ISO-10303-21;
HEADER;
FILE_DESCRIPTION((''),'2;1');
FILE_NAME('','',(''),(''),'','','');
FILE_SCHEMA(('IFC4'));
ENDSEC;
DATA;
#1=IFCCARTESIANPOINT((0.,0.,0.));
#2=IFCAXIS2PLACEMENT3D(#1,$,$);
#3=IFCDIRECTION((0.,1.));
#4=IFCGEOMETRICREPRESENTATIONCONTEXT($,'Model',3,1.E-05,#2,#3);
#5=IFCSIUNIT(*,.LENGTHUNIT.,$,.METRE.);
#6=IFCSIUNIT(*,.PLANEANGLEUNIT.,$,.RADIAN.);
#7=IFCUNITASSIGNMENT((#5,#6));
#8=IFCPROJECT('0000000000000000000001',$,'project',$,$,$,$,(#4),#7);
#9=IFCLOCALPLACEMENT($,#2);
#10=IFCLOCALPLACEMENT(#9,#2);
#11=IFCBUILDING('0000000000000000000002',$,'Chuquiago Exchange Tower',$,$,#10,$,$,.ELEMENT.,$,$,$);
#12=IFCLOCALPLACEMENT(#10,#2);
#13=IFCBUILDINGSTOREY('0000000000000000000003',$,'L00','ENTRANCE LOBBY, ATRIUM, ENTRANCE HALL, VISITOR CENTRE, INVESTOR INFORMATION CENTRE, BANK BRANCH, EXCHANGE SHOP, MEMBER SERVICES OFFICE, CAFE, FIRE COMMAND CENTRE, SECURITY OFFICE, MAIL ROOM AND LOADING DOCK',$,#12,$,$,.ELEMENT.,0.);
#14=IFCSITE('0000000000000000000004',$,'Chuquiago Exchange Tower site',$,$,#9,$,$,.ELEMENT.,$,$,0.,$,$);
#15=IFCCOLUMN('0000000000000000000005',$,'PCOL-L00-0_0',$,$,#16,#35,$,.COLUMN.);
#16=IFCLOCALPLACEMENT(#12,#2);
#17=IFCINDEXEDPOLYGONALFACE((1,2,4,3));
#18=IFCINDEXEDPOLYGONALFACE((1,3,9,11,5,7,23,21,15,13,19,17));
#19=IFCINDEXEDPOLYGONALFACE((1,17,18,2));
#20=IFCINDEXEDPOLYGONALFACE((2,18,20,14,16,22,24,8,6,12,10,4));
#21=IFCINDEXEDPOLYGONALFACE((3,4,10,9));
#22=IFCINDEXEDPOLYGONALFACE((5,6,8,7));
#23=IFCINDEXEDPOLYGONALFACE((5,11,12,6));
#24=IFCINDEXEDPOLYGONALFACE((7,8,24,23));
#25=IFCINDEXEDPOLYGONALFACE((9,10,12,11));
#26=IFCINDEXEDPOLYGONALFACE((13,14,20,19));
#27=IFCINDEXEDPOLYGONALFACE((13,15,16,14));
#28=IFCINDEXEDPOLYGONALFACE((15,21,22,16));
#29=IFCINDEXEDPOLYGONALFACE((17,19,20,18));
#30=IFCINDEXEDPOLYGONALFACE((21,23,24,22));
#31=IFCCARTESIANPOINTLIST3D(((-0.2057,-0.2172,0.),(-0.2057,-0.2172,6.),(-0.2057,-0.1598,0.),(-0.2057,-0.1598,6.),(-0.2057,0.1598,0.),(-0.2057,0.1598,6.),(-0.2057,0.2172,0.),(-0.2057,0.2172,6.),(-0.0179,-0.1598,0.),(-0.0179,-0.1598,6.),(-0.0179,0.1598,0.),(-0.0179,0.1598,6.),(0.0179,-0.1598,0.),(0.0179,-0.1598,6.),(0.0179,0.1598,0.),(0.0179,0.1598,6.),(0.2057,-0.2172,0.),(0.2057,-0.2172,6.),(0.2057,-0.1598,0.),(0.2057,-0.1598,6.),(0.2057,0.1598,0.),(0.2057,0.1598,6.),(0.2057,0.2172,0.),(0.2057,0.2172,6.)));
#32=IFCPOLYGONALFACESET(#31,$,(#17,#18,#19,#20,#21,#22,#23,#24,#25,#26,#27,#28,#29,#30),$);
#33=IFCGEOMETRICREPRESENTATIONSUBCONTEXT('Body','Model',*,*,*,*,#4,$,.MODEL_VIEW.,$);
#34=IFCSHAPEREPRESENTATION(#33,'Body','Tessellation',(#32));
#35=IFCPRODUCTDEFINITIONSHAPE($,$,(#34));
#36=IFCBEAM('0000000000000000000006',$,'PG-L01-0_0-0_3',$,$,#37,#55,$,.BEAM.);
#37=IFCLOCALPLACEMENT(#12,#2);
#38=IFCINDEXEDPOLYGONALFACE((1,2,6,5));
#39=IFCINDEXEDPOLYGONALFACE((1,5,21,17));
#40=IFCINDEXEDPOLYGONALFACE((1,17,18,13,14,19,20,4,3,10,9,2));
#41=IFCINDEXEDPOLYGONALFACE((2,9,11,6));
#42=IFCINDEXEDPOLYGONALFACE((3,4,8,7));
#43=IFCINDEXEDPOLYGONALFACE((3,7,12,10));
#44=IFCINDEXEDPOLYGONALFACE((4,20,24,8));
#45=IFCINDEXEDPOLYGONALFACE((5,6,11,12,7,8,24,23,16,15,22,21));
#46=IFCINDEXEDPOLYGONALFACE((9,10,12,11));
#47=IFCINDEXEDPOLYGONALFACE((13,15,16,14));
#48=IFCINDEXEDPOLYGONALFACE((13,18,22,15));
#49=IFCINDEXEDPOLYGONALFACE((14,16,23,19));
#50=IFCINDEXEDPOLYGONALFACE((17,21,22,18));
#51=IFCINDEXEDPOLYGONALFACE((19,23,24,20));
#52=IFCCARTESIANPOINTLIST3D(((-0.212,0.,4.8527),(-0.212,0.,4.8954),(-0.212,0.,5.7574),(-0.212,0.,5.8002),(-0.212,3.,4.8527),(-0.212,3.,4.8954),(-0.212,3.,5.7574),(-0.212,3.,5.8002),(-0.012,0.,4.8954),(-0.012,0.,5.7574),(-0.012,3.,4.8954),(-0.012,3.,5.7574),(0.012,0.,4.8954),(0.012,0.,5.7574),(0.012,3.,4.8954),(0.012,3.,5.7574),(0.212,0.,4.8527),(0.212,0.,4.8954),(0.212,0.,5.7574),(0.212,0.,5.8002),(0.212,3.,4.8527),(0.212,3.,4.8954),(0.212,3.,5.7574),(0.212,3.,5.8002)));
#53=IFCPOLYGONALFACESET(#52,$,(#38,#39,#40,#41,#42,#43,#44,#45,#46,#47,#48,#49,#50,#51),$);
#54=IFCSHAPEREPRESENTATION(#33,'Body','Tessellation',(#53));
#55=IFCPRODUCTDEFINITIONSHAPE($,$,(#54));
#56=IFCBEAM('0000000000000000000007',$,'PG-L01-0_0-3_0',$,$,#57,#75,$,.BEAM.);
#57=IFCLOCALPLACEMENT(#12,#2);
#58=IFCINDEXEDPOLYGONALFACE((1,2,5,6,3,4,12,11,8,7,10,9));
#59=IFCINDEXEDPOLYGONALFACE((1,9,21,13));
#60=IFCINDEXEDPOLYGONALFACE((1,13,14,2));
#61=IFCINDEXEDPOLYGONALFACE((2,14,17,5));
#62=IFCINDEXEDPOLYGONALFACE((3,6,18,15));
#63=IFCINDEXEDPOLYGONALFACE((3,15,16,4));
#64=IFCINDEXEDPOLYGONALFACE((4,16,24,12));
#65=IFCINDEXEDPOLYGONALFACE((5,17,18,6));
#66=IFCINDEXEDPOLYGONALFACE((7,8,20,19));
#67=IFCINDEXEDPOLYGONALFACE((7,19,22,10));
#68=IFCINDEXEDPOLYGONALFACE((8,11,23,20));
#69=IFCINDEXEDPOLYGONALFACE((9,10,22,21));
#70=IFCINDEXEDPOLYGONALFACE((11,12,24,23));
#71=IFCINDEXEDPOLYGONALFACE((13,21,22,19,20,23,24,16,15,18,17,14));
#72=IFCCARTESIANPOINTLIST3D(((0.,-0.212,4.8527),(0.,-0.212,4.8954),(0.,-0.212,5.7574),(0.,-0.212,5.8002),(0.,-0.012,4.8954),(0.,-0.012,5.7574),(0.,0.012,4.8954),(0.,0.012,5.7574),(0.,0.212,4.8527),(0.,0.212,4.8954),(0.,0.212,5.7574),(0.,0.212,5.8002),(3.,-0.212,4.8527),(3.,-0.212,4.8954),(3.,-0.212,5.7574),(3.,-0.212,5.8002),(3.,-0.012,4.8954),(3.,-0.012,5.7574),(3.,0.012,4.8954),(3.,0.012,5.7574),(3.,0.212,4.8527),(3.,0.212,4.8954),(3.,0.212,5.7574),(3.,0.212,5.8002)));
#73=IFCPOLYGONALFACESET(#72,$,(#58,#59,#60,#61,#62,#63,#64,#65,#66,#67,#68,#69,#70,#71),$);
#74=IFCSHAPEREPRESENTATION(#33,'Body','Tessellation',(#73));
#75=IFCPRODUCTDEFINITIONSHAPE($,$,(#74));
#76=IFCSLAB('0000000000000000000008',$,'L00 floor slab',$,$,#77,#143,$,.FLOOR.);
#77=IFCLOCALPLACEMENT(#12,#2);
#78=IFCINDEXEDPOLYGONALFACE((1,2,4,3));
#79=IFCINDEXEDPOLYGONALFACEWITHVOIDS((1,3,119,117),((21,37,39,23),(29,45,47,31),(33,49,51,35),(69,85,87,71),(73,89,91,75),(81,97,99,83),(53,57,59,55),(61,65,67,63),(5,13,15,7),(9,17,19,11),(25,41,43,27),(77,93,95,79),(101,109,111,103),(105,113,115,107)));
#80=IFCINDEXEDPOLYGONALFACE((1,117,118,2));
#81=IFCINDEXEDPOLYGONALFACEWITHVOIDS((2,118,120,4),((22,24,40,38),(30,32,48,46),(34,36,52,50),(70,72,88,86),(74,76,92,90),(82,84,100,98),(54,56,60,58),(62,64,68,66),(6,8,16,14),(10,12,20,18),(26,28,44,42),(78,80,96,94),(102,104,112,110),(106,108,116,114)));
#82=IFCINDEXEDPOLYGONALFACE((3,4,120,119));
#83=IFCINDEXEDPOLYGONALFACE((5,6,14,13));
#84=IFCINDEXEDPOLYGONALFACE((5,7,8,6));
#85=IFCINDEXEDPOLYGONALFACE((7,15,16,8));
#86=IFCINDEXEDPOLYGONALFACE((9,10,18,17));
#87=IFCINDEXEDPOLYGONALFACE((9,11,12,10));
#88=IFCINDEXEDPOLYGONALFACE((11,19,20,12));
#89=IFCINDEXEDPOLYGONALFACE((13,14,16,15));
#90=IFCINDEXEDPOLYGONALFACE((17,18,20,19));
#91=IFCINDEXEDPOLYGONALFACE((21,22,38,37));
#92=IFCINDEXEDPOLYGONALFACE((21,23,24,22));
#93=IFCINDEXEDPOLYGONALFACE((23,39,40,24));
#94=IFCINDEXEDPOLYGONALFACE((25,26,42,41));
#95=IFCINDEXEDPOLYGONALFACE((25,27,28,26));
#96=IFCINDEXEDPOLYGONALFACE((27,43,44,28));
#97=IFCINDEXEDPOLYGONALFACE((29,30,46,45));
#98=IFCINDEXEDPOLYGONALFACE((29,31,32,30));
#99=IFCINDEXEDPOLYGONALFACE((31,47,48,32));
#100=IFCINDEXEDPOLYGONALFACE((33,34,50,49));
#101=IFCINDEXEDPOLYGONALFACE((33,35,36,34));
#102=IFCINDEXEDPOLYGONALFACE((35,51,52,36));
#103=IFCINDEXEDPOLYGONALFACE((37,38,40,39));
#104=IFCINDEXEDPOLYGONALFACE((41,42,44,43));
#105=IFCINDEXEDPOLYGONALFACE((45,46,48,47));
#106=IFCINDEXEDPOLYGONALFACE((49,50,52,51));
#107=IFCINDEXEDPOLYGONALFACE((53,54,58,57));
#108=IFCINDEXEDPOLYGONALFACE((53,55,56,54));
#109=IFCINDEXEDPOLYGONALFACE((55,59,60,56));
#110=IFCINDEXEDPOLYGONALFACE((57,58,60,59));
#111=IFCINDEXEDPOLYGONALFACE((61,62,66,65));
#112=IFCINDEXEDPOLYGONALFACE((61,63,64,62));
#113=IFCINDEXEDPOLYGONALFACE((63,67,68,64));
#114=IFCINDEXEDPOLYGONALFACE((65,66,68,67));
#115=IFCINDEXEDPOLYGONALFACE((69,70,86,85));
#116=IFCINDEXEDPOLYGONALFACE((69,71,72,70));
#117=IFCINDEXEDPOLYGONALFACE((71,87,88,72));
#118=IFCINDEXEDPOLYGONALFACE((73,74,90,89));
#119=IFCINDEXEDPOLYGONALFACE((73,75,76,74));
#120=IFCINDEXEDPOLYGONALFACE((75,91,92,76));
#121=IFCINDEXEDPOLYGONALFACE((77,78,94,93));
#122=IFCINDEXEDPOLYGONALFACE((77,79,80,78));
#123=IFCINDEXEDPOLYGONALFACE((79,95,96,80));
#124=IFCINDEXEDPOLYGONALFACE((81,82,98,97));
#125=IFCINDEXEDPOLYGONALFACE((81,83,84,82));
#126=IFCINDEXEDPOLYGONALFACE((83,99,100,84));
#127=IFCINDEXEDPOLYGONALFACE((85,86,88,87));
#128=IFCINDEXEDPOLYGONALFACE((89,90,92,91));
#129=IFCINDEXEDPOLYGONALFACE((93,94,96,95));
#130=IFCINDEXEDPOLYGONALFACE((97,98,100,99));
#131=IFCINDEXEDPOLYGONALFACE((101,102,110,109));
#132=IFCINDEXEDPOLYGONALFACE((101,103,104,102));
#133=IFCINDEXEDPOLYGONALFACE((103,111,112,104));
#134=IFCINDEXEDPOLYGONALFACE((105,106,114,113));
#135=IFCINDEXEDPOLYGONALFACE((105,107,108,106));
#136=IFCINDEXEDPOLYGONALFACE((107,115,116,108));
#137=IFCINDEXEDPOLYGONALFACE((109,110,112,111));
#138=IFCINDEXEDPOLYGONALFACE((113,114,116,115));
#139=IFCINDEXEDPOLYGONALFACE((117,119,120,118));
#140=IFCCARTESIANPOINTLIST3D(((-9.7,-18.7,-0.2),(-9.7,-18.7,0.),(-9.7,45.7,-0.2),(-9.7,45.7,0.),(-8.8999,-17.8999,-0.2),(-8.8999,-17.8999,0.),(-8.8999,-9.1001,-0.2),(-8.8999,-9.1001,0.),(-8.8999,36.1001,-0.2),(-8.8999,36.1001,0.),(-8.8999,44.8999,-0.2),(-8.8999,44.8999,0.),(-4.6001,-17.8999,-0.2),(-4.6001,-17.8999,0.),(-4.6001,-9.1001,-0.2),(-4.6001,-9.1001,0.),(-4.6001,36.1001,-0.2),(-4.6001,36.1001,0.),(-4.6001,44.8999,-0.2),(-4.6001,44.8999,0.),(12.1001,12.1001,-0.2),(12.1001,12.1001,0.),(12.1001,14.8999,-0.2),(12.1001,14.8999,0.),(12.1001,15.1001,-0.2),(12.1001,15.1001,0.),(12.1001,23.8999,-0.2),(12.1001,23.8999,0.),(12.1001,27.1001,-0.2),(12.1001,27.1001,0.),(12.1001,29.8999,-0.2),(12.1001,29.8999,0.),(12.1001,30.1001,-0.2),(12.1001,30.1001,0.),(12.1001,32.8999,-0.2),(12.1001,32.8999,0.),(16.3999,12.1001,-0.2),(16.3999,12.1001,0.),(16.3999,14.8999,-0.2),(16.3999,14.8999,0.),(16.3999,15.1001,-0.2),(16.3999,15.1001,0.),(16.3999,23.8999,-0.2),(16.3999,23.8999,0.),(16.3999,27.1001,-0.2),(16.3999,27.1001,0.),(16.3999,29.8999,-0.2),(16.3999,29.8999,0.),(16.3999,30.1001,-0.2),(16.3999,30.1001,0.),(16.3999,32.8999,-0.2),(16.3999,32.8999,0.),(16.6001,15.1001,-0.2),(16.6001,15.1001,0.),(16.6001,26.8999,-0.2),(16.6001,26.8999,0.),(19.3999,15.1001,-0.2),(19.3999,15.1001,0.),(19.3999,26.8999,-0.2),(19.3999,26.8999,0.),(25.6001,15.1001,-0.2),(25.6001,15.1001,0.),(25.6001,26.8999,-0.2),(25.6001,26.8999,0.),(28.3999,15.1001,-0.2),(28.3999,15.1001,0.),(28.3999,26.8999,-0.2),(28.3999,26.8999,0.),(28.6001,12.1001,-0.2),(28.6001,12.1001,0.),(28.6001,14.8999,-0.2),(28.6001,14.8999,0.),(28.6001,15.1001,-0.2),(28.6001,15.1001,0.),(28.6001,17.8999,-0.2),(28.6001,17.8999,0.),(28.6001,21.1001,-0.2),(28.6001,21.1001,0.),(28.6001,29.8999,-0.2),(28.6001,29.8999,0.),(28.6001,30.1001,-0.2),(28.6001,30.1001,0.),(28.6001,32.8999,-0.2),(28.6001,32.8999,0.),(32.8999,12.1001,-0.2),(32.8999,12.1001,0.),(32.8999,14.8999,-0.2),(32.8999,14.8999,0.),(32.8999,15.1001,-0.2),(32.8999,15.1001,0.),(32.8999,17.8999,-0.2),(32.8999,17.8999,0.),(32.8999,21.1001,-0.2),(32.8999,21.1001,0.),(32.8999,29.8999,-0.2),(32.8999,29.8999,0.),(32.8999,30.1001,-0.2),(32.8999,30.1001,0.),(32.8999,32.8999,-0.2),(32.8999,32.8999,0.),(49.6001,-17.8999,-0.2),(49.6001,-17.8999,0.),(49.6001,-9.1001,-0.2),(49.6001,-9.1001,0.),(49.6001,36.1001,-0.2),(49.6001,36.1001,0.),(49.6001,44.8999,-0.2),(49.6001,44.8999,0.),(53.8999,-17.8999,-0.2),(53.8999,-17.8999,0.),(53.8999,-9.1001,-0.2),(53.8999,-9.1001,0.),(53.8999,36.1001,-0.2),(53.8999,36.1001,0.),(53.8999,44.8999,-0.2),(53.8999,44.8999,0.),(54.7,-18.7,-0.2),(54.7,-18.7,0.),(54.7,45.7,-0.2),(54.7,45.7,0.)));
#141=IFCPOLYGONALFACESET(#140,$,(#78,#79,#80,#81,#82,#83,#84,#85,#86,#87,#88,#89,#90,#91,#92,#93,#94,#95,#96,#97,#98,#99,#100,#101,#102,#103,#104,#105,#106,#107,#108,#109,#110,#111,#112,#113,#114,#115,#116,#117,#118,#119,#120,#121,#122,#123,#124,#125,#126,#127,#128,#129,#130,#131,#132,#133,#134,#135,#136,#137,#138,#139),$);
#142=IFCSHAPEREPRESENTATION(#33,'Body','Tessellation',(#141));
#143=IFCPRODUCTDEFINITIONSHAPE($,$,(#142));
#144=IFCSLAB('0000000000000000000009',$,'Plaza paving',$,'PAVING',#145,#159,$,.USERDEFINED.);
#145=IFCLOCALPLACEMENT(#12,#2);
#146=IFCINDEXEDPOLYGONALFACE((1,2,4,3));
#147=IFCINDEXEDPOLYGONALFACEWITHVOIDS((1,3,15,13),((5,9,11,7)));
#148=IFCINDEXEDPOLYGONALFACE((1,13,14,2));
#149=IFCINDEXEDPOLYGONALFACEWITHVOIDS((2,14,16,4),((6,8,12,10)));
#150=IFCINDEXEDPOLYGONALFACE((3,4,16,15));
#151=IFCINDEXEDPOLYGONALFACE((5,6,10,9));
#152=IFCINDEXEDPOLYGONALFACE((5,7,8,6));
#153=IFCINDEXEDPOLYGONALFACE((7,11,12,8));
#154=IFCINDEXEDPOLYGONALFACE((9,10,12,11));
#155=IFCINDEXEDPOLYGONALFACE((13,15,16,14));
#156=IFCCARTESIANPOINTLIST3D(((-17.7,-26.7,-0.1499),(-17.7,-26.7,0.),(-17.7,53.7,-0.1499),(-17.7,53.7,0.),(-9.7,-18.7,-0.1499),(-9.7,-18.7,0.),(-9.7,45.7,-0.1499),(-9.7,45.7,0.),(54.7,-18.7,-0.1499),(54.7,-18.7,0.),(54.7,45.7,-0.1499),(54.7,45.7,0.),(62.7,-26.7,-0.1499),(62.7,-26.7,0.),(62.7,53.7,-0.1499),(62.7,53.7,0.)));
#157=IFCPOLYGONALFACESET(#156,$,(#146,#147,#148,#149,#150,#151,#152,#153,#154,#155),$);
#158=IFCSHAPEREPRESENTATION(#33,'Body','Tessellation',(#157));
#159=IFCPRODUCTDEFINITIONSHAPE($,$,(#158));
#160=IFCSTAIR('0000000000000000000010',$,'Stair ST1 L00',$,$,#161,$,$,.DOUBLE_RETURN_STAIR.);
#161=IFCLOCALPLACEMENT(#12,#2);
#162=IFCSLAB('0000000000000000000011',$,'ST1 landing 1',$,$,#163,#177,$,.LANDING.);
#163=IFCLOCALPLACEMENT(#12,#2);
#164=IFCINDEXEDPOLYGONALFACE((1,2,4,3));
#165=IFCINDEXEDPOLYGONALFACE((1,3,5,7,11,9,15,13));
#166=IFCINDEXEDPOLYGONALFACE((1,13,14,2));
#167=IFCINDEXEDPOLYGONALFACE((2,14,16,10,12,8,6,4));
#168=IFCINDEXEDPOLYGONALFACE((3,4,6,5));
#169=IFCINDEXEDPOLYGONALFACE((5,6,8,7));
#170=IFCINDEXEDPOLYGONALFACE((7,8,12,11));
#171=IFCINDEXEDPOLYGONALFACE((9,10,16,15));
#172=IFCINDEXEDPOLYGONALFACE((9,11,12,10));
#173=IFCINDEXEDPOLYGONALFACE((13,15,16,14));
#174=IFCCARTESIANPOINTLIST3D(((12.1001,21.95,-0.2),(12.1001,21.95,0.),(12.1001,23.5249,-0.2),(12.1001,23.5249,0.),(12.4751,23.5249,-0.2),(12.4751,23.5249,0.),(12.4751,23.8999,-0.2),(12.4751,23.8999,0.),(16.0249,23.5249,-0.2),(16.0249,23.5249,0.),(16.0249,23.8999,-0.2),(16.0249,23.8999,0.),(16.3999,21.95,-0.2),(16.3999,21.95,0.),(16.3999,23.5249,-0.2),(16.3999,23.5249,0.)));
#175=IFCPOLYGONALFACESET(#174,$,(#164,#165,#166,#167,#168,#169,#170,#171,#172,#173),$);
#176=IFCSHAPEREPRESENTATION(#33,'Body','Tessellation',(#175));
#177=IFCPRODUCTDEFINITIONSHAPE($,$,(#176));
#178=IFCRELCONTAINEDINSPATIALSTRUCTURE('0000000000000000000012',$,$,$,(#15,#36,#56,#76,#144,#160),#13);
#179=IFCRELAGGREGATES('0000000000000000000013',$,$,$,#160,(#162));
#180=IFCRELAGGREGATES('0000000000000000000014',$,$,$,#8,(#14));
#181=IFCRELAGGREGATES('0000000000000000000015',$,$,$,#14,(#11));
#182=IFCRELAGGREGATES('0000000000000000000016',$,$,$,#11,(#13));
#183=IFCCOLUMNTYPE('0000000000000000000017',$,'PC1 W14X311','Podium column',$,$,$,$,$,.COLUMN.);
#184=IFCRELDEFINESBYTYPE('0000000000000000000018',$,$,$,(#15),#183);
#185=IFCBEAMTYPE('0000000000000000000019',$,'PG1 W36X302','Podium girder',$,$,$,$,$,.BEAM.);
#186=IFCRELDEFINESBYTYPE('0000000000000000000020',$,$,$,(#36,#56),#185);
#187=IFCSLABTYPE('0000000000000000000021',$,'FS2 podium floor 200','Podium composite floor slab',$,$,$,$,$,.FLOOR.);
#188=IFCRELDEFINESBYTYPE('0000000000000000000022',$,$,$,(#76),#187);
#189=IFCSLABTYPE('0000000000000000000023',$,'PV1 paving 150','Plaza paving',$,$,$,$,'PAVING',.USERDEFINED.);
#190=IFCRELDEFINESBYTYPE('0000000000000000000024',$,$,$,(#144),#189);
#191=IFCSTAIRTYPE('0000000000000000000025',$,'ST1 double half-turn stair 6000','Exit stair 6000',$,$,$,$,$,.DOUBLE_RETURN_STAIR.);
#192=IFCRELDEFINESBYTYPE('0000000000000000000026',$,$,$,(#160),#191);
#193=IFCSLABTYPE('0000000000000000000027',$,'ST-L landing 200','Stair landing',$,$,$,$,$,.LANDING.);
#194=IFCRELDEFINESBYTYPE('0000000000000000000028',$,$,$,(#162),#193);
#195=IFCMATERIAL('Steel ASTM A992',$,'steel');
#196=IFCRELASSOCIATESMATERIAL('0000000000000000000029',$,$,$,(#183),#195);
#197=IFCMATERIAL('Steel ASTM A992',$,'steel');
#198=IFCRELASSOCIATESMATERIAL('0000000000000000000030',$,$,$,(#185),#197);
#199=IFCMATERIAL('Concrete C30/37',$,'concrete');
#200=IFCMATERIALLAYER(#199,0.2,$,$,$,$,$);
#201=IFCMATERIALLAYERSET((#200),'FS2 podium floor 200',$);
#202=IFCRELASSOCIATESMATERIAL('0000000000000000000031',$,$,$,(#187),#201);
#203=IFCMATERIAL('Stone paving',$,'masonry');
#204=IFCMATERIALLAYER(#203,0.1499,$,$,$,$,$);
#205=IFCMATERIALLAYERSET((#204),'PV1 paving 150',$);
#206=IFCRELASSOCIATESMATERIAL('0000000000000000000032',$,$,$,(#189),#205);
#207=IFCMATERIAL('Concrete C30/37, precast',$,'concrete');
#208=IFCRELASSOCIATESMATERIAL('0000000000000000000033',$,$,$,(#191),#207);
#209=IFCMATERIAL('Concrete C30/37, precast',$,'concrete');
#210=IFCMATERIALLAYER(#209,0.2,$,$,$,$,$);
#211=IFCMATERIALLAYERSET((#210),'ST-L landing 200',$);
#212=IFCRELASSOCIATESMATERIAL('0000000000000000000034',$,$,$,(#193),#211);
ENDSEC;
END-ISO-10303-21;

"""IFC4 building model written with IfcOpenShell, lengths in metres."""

from ifc_helpers import new_model, si_unit, direction, frame, origin, origin_with_axes, origin_2d, place, context, subcontext, project, spatial, polyline, i_section, outline, extrude, material, layer, layer_set, material_profile, profile_set, type_object, element, aggregate, save


model = new_model("IFC4")

# Units and contexts
model_context = context("Model", 3, precision=1e-05, world=origin(), true_north=direction((0.0, 1.0)))
body_context = subcontext(model_context, "Body", "Model", "MODEL_VIEW")
ifc_project = project(units=[si_unit("LENGTHUNIT", "METRE"), si_unit("PLANEANGLEUNIT", "RADIAN")], contexts=[model_context])

# Site, building, storey
site_placement = place(None, origin())
site = spatial("IfcSite", under=ifc_project, at=site_placement, Name="Chuquiago Exchange Tower site", CompositionType="ELEMENT", RefElevation=0.0)
building_placement = place(site_placement, origin())
building = spatial("IfcBuilding", under=site, at=building_placement, Name="Chuquiago Exchange Tower", CompositionType="ELEMENT")
storey_placement = place(building_placement, origin())
storey = spatial("IfcBuildingStorey", under=building, at=storey_placement, Name="L00", Description="ENTRANCE LOBBY, ATRIUM, ENTRANCE HALL, VISITOR CENTRE, INVESTOR INFORMATION CENTRE, BANK BRANCH, EXCHANGE SHOP, MEMBER SERVICES OFFICE, CAFE, FIRE COMMAND CENTRE, SECURITY OFFICE, MAIL ROOM AND LOADING DOCK", CompositionType="ELEMENT", Elevation=0.0)

# Column
ifc_material_1 = material(Name="Steel ASTM A992", Category="steel")
ifc_material_profile_1 = material_profile(ifc_material_1, i_section(OverallWidth=0.4114, OverallDepth=0.4343, WebThickness=0.0359, FlangeThickness=0.0574, at=origin_2d()), Name="W14X311")
ifc_profile_set_1 = profile_set([ifc_material_profile_1], Name="Steel ASTM A992")
column_type = type_object("IfcColumnType", Name="PC1 W14X311", Description="Podium column", PredefinedType="COLUMN", material=ifc_profile_set_1)
column_placement = place(storey_placement, origin_with_axes())
element("IfcColumn", 1, at=column_placement, inside=storey, type_object=column_type, Name="PCOL-L00-0_0", PredefinedType="COLUMN", context=body_context, shape_type="SweptSolid", body=[
    extrude(i_section(OverallWidth=0.4114, OverallDepth=0.4343, WebThickness=0.0359, FlangeThickness=0.0574, at=origin_2d()), origin(), (0.0, 0.0, 1.0), 6.0),
])

# Beams
ifc_material_2 = material(Name="Steel ASTM A992", Category="steel")
ifc_material_profile_2 = material_profile(ifc_material_2, i_section(OverallWidth=0.4241, OverallDepth=0.9475, WebThickness=0.0239, FlangeThickness=0.0427, at=origin_2d()), Name="W36X302")
ifc_profile_set_2 = profile_set([ifc_material_profile_2], Name="Steel ASTM A992")
beam_type = type_object("IfcBeamType", Name="PG1 W36X302", Description="Podium girder", PredefinedType="BEAM", material=ifc_profile_set_2)
for number, where, z_axis, x_axis, name in (
    (2, (0.0, 0.0, 5.3264), (0.0, 1.0, 0.0), (-1.0, 0.0, 0.0), "PG-L01-0_0-0_3"),
    (3, (0.0, 0.0, 5.3264), (1.0, 0.0, 0.0), (0.0, 1.0, 0.0), "PG-L01-0_0-3_0"),
):
    element("IfcBeam", number, at=place(storey_placement, frame(where, z_axis=z_axis, x_axis=x_axis)), inside=storey, type_object=beam_type, Name=name, PredefinedType="BEAM", context=body_context, shape_type="SweptSolid", body=[
        extrude(i_section(OverallWidth=0.4241, OverallDepth=0.9475, WebThickness=0.0239, FlangeThickness=0.0427, at=origin_2d()), origin(), (0.0, 0.0, 1.0), 3.0),
    ])

# Slabs
ifc_material_3 = material(Name="Concrete C30/37", Category="concrete")
ifc_layer_1 = layer(ifc_material_3, 0.2)
ifc_layer_set_1 = layer_set([ifc_layer_1], Name="FS2 podium floor 200")
slab_type_1 = type_object("IfcSlabType", Name="FS2 podium floor 200", Description="Podium composite floor slab", PredefinedType="FLOOR", material=ifc_layer_set_1)
slab_1_placement = place(storey_placement, frame((0.0, 0.0, -0.2)))
element("IfcSlab", 4, at=slab_1_placement, inside=storey, type_object=slab_type_1, Name="L00 floor slab", PredefinedType="FLOOR", context=body_context, shape_type="SweptSolid", body=[
    extrude(outline(polyline([(54.7, -18.7), (54.7, 45.7), (-9.7, 45.7), (-9.7, -18.7), (54.7, -18.7)]), holes=[polyline([(16.3999, 15.1001), (12.1001, 15.1001), (12.1001, 23.8999), (16.3999, 23.8999), (16.3999, 15.1001)]), polyline([(32.8999, 21.1001), (28.6001, 21.1001), (28.6001, 29.8999), (32.8999, 29.8999), (32.8999, 21.1001)]), polyline([(16.3999, 12.1001), (12.1001, 12.1001), (12.1001, 14.8999), (16.3999, 14.8999), (16.3999, 12.1001)]), polyline([(16.3999, 30.1001), (12.1001, 30.1001), (12.1001, 32.8999), (16.3999, 32.8999), (16.3999, 30.1001)]), polyline([(32.8999, 12.1001), (28.6001, 12.1001), (28.6001, 14.8999), (32.8999, 14.8999), (32.8999, 12.1001)]), polyline([(32.8999, 30.1001), (28.6001, 30.1001), (28.6001, 32.8999), (32.8999, 32.8999), (32.8999, 30.1001)]), polyline([(16.3999, 27.1001), (12.1001, 27.1001), (12.1001, 29.8999), (16.3999, 29.8999), (16.3999, 27.1001)]), polyline([(32.8999, 15.1001), (28.6001, 15.1001), (28.6001, 17.8999), (32.8999, 17.8999), (32.8999, 15.1001)]), polyline([(19.3999, 15.1001), (16.6001, 15.1001), (16.6001, 26.8999), (19.3999, 26.8999), (19.3999, 15.1001)]), polyline([(28.3999, 15.1001), (25.6001, 15.1001), (25.6001, 26.8999), (28.3999, 26.8999), (28.3999, 15.1001)]), polyline([(-4.6001, -17.8999), (-8.8999, -17.8999), (-8.8999, -9.1001), (-4.6001, -9.1001), (-4.6001, -17.8999)]), polyline([(53.8999, -17.8999), (49.6001, -17.8999), (49.6001, -9.1001), (53.8999, -9.1001), (53.8999, -17.8999)]), polyline([(-4.6001, 36.1001), (-8.8999, 36.1001), (-8.8999, 44.8999), (-4.6001, 44.8999), (-4.6001, 36.1001)]), polyline([(53.8999, 36.1001), (49.6001, 36.1001), (49.6001, 44.8999), (53.8999, 44.8999), (53.8999, 36.1001)])]), origin(), (0.0, 0.0, 1.0), 0.2),
])
ifc_material_4 = material(Name="Stone paving", Category="masonry")
ifc_layer_2 = layer(ifc_material_4, 0.1499)
ifc_layer_set_2 = layer_set([ifc_layer_2], Name="PV1 paving 150")
slab_type_2 = type_object("IfcSlabType", Name="PV1 paving 150", Description="Plaza paving", ElementType="PAVING", PredefinedType="USERDEFINED", material=ifc_layer_set_2)
slab_2_placement = place(storey_placement, frame((0.0, 0.0, -0.1499)))
element("IfcSlab", 5, at=slab_2_placement, inside=storey, type_object=slab_type_2, Name="Plaza paving", ObjectType="PAVING", PredefinedType="USERDEFINED", context=body_context, shape_type="SweptSolid", body=[
    extrude(outline(polyline([(-17.7, -26.7), (-17.7, 53.7), (62.7, 53.7), (62.7, -26.7), (-17.7, -26.7)]), holes=[polyline([(54.7, 45.7), (-9.7, 45.7), (-9.7, -18.7), (54.7, -18.7), (54.7, 45.7)])]), origin(), (0.0, 0.0, 1.0), 0.1499),
])

# Stair, slab
ifc_material_5 = material(Name="Concrete C30/37, precast", Category="concrete")
stair_type_1 = type_object("IfcStairType", Name="ST1 double half-turn stair 6000", Description="Exit stair 6000", PredefinedType="DOUBLE_RETURN_STAIR", material=ifc_material_5)
stair_1_placement = place(storey_placement, origin())
stair_1 = element("IfcStair", 6, at=stair_1_placement, inside=storey, type_object=stair_type_1, Name="Stair ST1 L00", PredefinedType="DOUBLE_RETURN_STAIR")
ifc_material_6 = material(Name="Concrete C30/37, precast", Category="concrete")
ifc_layer_3 = layer(ifc_material_6, 0.2)
ifc_layer_set_3 = layer_set([ifc_layer_3], Name="ST-L landing 200")
slab_type_3 = type_object("IfcSlabType", Name="ST-L landing 200", Description="Stair landing", PredefinedType="LANDING", material=ifc_layer_set_3)
slab_3_placement = place(storey_placement, frame((0.0, 0.0, -0.2)))
slab_3 = element("IfcSlab", 7, at=slab_3_placement, type_object=slab_type_3, Name="ST1 landing 1", PredefinedType="LANDING", context=body_context, shape_type="SweptSolid", body=[
    extrude(outline(polyline([(12.4751, 23.8999), (16.0249, 23.8999), (16.0249, 23.5249), (16.3999, 23.5249), (16.3999, 21.95), (12.1001, 21.95), (12.1001, 23.5249), (12.4751, 23.5249), (12.4751, 23.8999)])), origin(), (0.0, 0.0, 1.0), 0.2),
])
aggregate(stair_1, [slab_3])

save(model, "model.ifc")
